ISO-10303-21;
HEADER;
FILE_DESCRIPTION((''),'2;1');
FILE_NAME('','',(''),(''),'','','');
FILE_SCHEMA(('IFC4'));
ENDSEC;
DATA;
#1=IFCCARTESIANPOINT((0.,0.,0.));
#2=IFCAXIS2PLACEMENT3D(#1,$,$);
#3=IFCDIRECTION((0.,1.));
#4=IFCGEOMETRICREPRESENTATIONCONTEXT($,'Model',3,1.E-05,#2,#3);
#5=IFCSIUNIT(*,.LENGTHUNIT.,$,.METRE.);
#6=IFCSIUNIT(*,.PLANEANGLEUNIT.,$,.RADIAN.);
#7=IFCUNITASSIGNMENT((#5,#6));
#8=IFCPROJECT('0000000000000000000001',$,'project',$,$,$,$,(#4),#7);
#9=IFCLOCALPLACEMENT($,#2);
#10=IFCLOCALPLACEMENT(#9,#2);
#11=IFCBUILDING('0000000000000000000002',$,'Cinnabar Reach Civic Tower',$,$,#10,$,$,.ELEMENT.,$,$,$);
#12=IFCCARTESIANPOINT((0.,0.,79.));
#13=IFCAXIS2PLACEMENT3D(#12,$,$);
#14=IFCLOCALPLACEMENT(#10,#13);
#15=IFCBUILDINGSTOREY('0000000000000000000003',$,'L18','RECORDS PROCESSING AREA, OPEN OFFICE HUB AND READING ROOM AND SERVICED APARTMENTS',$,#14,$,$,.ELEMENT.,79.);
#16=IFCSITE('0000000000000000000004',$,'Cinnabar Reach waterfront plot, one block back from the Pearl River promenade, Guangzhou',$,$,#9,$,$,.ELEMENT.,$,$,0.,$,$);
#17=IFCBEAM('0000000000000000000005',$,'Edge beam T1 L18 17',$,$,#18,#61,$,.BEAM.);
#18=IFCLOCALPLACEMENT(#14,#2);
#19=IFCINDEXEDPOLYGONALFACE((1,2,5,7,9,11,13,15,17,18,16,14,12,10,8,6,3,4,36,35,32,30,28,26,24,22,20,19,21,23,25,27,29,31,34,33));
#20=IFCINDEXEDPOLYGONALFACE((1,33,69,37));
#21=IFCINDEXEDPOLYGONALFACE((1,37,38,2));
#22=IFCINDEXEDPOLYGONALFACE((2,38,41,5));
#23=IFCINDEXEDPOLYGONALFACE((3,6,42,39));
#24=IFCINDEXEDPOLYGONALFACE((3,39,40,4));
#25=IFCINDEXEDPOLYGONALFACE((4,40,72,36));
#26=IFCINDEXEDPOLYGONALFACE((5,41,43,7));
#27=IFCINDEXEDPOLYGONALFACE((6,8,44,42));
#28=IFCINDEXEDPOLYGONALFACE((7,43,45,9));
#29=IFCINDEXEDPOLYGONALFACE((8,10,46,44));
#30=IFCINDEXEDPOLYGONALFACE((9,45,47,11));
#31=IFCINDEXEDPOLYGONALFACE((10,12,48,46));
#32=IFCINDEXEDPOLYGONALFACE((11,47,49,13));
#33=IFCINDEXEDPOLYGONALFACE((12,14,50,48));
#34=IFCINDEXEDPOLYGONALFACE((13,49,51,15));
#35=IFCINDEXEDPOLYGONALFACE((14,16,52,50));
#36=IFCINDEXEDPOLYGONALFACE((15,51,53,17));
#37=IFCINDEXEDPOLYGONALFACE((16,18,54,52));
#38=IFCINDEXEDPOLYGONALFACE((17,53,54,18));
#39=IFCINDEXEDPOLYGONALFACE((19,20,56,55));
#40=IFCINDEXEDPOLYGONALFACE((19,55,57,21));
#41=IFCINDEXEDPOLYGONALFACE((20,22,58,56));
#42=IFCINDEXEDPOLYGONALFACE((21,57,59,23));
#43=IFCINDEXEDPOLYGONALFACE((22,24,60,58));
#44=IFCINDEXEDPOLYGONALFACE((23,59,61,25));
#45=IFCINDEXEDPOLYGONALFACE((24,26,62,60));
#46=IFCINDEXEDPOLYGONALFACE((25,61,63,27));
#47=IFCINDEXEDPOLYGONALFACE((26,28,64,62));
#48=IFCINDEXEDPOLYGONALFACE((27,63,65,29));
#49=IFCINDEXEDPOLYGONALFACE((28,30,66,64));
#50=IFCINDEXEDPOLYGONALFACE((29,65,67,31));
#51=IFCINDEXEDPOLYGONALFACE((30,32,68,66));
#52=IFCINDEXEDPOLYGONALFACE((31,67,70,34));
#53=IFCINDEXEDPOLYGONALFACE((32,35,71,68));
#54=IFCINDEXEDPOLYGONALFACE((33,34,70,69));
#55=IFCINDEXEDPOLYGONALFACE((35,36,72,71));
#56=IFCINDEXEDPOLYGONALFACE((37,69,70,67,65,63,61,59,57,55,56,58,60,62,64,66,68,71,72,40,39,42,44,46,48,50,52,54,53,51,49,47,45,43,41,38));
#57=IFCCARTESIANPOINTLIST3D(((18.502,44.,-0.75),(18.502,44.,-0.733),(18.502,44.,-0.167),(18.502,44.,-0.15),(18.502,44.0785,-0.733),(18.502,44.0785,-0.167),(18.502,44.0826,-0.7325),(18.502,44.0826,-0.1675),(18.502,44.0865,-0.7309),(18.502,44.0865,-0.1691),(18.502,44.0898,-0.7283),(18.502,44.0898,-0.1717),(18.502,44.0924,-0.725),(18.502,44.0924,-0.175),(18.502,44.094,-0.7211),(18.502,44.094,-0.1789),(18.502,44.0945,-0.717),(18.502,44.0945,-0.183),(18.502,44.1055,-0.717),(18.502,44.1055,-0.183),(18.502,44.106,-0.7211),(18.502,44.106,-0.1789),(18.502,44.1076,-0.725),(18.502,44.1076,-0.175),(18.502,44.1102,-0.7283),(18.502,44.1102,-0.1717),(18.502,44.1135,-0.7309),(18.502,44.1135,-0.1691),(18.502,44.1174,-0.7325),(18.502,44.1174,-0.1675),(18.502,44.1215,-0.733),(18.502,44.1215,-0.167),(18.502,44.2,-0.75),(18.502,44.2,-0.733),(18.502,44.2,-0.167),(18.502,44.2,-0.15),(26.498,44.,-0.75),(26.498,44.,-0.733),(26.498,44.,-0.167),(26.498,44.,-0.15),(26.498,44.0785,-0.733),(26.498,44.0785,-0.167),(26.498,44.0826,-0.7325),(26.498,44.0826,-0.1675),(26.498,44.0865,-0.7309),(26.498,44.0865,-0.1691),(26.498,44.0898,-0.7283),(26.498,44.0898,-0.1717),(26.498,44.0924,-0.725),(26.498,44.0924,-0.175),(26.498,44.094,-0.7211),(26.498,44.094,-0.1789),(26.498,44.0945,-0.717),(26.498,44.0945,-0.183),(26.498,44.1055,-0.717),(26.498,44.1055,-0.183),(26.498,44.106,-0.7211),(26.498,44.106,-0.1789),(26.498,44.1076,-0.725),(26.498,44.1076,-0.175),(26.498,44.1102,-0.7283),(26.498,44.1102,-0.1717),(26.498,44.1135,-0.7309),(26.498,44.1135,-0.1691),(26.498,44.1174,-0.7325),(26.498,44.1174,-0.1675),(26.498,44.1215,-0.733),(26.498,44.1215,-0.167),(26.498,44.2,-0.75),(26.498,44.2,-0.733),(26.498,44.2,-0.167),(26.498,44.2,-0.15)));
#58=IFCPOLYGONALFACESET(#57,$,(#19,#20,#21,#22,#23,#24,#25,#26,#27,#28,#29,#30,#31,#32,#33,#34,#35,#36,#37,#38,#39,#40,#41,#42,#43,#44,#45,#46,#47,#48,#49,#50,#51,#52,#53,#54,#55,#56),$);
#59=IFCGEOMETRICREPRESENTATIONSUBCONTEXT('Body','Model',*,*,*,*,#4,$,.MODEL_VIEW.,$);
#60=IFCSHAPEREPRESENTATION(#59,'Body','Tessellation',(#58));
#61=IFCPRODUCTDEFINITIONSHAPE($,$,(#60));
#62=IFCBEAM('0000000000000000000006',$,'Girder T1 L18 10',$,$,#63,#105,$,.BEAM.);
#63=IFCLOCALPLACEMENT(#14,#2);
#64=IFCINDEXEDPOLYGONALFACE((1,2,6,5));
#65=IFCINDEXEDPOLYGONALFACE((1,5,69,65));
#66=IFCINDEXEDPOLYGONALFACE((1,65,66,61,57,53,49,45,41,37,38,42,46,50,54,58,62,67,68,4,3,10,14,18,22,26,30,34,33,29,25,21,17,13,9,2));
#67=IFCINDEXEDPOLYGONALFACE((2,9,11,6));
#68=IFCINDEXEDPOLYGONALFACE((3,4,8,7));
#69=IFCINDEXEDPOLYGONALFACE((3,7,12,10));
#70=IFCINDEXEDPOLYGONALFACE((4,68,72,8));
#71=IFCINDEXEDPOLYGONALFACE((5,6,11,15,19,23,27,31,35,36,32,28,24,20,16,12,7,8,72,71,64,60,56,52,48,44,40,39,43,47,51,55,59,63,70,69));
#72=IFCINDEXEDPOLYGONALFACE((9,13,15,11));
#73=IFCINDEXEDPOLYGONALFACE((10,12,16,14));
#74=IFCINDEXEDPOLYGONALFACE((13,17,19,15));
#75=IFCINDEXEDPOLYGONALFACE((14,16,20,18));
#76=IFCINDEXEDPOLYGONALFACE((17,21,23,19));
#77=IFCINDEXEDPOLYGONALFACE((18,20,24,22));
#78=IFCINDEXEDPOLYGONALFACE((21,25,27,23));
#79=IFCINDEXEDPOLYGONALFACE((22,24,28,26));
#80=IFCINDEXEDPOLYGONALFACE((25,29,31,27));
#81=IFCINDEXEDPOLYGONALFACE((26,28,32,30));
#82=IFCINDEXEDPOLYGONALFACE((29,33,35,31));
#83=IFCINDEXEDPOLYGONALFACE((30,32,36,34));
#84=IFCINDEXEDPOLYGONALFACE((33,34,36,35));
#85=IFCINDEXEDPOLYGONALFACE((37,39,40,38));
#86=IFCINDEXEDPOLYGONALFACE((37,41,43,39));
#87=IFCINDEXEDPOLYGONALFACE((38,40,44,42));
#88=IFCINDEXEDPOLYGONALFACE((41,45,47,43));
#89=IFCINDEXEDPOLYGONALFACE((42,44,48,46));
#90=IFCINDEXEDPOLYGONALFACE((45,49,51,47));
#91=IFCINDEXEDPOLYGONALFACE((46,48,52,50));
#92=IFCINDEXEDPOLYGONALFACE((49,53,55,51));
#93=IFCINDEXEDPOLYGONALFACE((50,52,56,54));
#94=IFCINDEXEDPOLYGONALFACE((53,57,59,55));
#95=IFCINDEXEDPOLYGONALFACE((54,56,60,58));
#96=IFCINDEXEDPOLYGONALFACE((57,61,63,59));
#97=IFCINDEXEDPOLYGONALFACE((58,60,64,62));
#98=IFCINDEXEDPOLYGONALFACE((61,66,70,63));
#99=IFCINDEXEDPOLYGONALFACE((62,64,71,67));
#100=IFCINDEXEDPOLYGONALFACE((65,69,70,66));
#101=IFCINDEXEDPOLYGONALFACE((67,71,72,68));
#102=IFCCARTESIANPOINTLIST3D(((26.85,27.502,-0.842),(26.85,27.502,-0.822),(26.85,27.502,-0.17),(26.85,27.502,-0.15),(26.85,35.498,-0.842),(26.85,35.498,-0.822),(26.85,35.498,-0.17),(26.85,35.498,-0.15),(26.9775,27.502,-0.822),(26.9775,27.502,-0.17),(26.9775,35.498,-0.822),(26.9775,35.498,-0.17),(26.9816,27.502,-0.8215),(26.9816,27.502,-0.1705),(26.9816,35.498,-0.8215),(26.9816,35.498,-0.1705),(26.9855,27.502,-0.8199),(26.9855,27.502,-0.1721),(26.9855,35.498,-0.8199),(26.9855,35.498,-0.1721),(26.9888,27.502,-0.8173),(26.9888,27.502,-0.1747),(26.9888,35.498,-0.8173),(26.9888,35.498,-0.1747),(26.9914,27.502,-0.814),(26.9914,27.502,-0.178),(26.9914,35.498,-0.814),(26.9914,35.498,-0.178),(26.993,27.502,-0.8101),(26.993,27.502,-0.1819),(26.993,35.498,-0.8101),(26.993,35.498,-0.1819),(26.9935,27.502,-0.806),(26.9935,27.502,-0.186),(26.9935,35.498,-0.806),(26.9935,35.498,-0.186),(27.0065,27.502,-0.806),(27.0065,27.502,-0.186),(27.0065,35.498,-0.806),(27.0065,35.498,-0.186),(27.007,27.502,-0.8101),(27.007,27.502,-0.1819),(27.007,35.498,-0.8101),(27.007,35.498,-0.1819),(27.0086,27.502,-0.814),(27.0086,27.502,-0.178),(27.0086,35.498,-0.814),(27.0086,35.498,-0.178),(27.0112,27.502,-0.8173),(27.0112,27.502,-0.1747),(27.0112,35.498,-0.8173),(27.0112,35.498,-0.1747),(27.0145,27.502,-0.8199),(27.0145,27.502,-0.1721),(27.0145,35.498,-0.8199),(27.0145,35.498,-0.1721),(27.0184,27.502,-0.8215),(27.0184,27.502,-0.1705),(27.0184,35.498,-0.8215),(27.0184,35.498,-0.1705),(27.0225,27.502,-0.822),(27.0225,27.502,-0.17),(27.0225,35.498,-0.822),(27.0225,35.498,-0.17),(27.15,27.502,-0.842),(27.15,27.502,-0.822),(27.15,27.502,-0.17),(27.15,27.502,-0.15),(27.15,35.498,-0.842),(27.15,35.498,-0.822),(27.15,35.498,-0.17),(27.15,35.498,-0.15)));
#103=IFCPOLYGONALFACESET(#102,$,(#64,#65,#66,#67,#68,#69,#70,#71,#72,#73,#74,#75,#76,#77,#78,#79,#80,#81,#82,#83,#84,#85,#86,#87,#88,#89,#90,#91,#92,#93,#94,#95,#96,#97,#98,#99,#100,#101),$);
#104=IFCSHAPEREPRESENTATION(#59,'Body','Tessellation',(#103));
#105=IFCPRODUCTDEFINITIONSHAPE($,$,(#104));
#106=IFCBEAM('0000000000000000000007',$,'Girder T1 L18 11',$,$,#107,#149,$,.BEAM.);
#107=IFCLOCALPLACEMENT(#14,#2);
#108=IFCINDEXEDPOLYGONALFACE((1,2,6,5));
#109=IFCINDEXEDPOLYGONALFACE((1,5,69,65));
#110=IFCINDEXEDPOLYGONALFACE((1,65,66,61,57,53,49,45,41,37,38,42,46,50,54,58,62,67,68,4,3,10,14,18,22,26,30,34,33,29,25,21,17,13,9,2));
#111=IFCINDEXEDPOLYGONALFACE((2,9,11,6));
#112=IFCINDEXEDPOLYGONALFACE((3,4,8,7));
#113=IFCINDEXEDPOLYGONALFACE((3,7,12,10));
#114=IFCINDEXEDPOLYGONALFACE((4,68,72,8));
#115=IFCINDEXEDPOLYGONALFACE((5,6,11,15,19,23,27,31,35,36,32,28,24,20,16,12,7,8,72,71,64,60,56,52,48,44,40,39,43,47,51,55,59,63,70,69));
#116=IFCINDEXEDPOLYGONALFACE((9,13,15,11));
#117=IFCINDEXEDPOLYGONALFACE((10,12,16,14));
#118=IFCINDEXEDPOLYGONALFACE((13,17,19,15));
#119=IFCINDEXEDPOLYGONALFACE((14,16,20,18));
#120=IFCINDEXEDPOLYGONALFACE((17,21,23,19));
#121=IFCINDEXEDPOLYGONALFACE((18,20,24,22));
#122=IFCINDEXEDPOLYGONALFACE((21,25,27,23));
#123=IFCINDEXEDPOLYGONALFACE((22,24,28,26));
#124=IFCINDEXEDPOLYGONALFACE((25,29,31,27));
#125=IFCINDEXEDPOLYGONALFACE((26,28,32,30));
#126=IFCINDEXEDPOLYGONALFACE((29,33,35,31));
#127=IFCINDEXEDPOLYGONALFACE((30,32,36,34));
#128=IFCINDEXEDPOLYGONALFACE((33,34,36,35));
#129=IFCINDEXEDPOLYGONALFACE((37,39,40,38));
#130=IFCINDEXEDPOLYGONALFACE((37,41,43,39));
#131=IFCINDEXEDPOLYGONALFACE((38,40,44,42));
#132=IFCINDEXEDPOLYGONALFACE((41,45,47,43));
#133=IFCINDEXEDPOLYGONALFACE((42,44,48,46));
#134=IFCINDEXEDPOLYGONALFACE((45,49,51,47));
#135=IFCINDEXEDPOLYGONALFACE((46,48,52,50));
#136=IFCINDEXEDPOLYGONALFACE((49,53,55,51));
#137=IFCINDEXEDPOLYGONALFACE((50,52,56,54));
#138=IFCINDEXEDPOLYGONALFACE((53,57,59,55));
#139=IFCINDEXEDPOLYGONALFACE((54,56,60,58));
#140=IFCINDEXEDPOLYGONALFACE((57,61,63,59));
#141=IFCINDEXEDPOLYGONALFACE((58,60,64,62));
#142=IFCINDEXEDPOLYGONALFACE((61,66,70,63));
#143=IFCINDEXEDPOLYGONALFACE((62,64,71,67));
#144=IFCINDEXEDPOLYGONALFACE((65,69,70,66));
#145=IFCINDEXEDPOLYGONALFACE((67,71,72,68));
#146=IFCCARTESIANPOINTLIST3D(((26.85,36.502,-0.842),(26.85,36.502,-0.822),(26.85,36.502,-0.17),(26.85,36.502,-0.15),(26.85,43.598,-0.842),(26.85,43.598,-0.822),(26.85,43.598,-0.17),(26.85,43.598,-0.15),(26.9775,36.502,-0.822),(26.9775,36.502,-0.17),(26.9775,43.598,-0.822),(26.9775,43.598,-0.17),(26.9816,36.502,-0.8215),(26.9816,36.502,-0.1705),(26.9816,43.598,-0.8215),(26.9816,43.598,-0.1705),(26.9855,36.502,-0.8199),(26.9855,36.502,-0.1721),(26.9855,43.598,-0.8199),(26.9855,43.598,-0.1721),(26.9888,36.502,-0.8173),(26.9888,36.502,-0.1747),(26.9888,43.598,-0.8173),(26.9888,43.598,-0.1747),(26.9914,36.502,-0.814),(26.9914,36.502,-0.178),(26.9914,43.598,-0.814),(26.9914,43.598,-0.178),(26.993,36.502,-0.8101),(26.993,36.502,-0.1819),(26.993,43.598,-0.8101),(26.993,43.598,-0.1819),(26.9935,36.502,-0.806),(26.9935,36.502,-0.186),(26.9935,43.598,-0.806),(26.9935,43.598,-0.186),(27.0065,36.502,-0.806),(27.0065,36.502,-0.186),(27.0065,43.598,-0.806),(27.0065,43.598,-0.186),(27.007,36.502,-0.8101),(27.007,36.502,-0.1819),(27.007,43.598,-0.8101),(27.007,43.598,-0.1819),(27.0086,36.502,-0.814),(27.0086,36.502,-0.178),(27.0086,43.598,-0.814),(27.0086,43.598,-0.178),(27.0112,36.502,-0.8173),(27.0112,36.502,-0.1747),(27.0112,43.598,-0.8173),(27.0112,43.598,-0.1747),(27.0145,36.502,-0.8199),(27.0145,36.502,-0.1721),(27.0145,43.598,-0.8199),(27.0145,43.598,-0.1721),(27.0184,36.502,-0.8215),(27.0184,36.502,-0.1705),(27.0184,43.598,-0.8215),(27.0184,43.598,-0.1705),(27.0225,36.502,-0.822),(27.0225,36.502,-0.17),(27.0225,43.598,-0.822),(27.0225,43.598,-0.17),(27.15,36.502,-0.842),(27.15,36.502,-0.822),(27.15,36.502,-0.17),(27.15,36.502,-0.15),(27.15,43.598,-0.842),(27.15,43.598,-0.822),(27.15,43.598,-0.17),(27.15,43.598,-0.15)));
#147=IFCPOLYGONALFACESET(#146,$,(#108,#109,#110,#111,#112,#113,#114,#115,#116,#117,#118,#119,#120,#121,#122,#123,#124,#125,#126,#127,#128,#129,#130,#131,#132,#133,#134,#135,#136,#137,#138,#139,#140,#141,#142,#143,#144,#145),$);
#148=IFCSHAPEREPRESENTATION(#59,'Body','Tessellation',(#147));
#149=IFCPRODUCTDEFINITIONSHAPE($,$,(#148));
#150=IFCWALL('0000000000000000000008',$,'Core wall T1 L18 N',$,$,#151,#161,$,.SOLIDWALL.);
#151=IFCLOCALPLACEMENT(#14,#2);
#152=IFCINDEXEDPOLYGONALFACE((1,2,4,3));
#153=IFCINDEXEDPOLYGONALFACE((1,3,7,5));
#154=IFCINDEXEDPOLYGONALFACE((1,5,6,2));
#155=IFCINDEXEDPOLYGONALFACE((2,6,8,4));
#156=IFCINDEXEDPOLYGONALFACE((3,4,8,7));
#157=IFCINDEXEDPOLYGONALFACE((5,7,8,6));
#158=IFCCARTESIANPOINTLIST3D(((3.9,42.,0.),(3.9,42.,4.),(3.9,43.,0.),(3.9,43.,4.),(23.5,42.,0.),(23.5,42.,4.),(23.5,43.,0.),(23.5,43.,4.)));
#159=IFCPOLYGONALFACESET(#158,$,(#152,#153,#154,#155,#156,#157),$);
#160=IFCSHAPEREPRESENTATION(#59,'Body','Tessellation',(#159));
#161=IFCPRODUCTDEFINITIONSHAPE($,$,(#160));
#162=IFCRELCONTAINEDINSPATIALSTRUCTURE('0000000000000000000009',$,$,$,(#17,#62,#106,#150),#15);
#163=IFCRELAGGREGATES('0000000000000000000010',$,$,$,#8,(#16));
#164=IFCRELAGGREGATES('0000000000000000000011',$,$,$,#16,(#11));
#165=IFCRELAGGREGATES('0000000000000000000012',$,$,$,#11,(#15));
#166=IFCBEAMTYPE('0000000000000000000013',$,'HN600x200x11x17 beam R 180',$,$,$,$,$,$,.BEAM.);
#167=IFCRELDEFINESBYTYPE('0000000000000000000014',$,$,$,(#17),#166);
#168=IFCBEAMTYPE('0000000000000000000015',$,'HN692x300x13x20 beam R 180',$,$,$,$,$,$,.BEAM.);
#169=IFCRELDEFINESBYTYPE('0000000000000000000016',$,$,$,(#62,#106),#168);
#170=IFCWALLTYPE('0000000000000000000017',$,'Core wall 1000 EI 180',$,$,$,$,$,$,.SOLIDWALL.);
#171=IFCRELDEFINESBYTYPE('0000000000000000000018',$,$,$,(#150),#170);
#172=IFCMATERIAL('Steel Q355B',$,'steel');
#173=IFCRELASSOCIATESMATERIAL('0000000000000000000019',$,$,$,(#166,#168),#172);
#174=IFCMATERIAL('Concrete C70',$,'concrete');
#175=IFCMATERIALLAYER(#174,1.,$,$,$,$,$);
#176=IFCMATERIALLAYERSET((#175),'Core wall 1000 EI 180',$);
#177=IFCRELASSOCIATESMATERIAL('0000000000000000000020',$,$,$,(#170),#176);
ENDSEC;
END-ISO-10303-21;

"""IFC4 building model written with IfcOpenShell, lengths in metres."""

from ifc_helpers import new_model, si_unit, direction, frame, frame_2d, origin, origin_2d, place, context, subcontext, project, spatial, rectangle, i_section, extrude, material, layer, layer_set, material_profile, profile_set, type_object, element, save


model = new_model("IFC4")

# Units and contexts
model_context = context("Model", 3, precision=1e-05, world=origin(), true_north=direction((0.0, 1.0)))
body_context = subcontext(model_context, "Body", "Model", "MODEL_VIEW")
ifc_project = project(units=[si_unit("LENGTHUNIT", "METRE"), si_unit("PLANEANGLEUNIT", "RADIAN")], contexts=[model_context])

# Site, building, storey
site_placement = place(None, origin())
site = spatial("IfcSite", under=ifc_project, at=site_placement, Name="Cinnabar Reach waterfront plot, one block back from the Pearl River promenade, Guangzhou", CompositionType="ELEMENT", RefElevation=0.0)
building_placement = place(site_placement, origin())
building = spatial("IfcBuilding", under=site, at=building_placement, Name="Cinnabar Reach Civic Tower", CompositionType="ELEMENT")
storey_placement = place(building_placement, frame((0.0, 0.0, 79.0)))
storey = spatial("IfcBuildingStorey", under=building, at=storey_placement, Name="L18", Description="RECORDS PROCESSING AREA, OPEN OFFICE HUB AND READING ROOM AND SERVICED APARTMENTS", CompositionType="ELEMENT", Elevation=79.0)

# Shared definitions
ifc_material_1 = material(Name="Concrete C70", Category="concrete")

# Beams
ifc_material_2 = material(Name="Steel Q355B", Category="steel")
ifc_material_profile_1 = material_profile(ifc_material_2, i_section(OverallWidth=0.2, OverallDepth=0.6, WebThickness=0.011, FlangeThickness=0.017, FilletRadius=0.016, at=origin_2d()), Name="HN600x200x11x17")
ifc_profile_set_1 = profile_set([ifc_material_profile_1], Name="Steel Q355B")
beam_type_1 = type_object("IfcBeamType", Name="HN600x200x11x17 beam R 180", PredefinedType="BEAM", material=ifc_profile_set_1)
beam_1_placement = place(storey_placement, frame((26.498, 44.1, -0.45), z_axis=(-1.0, 0.0, 0.0), x_axis=(0.0, -1.0, 0.0)))
element("IfcBeam", 1, at=beam_1_placement, inside=storey, type_object=beam_type_1, Name="Edge beam T1 L18 17", PredefinedType="BEAM", context=body_context, shape_type="SweptSolid", body=[
    extrude(i_section(OverallWidth=0.2, OverallDepth=0.6, WebThickness=0.011, FlangeThickness=0.017, FilletRadius=0.016, at=origin_2d()), origin(), (0.0, 0.0, 1.0), 7.996),
])
ifc_material_profile_2 = material_profile(ifc_material_2, i_section(OverallWidth=0.3, OverallDepth=0.692, WebThickness=0.013, FlangeThickness=0.02, FilletRadius=0.016, at=origin_2d()), Name="HN692x300x13x20")
ifc_profile_set_2 = profile_set([ifc_material_profile_2], Name="Steel Q355B")
beam_type_2 = type_object("IfcBeamType", Name="HN692x300x13x20 beam R 180", PredefinedType="BEAM", material=ifc_profile_set_2)
beam_2_placement = place(storey_placement, frame((27.0, 27.502, -0.496), z_axis=(0.0, 1.0, 0.0), x_axis=(-1.0, 0.0, 0.0)))
element("IfcBeam", 2, at=beam_2_placement, inside=storey, type_object=beam_type_2, Name="Girder T1 L18 10", PredefinedType="BEAM", context=body_context, shape_type="SweptSolid", body=[
    extrude(i_section(OverallWidth=0.3, OverallDepth=0.692, WebThickness=0.013, FlangeThickness=0.02, FilletRadius=0.016, at=origin_2d()), origin(), (0.0, 0.0, 1.0), 7.996),
])
beam_3_placement = place(storey_placement, frame((27.0, 36.502, -0.496), z_axis=(0.0, 1.0, 0.0), x_axis=(-1.0, 0.0, 0.0)))
element("IfcBeam", 3, at=beam_3_placement, inside=storey, type_object=beam_type_2, Name="Girder T1 L18 11", PredefinedType="BEAM", context=body_context, shape_type="SweptSolid", body=[
    extrude(i_section(OverallWidth=0.3, OverallDepth=0.692, WebThickness=0.013, FlangeThickness=0.02, FilletRadius=0.016, at=origin_2d()), origin(), (0.0, 0.0, 1.0), 7.096),
])

# Wall
ifc_layer_1 = layer(ifc_material_1, 1.0)
ifc_layer_set_1 = layer_set([ifc_layer_1], Name="Core wall 1000 EI 180")
wall_type_1 = type_object("IfcWallType", Name="Core wall 1000 EI 180", PredefinedType="SOLIDWALL", material=ifc_layer_set_1)
wall_1_placement = place(storey_placement, frame((23.5, 42.5, 0.0), z_axis=(0.0, 0.0, 1.0), x_axis=(-1.0, 0.0, 0.0)))
element("IfcWall", 4, at=wall_1_placement, inside=storey, type_object=wall_type_1, Name="Core wall T1 L18 N", PredefinedType="SOLIDWALL", context=body_context, shape_type="SweptSolid", body=[
    extrude(rectangle(XDim=19.6, YDim=1.0, at=frame_2d((9.8, 0.0))), origin(), (0.0, 0.0, 1.0), 4.0),
])

save(model, "model.ifc")
